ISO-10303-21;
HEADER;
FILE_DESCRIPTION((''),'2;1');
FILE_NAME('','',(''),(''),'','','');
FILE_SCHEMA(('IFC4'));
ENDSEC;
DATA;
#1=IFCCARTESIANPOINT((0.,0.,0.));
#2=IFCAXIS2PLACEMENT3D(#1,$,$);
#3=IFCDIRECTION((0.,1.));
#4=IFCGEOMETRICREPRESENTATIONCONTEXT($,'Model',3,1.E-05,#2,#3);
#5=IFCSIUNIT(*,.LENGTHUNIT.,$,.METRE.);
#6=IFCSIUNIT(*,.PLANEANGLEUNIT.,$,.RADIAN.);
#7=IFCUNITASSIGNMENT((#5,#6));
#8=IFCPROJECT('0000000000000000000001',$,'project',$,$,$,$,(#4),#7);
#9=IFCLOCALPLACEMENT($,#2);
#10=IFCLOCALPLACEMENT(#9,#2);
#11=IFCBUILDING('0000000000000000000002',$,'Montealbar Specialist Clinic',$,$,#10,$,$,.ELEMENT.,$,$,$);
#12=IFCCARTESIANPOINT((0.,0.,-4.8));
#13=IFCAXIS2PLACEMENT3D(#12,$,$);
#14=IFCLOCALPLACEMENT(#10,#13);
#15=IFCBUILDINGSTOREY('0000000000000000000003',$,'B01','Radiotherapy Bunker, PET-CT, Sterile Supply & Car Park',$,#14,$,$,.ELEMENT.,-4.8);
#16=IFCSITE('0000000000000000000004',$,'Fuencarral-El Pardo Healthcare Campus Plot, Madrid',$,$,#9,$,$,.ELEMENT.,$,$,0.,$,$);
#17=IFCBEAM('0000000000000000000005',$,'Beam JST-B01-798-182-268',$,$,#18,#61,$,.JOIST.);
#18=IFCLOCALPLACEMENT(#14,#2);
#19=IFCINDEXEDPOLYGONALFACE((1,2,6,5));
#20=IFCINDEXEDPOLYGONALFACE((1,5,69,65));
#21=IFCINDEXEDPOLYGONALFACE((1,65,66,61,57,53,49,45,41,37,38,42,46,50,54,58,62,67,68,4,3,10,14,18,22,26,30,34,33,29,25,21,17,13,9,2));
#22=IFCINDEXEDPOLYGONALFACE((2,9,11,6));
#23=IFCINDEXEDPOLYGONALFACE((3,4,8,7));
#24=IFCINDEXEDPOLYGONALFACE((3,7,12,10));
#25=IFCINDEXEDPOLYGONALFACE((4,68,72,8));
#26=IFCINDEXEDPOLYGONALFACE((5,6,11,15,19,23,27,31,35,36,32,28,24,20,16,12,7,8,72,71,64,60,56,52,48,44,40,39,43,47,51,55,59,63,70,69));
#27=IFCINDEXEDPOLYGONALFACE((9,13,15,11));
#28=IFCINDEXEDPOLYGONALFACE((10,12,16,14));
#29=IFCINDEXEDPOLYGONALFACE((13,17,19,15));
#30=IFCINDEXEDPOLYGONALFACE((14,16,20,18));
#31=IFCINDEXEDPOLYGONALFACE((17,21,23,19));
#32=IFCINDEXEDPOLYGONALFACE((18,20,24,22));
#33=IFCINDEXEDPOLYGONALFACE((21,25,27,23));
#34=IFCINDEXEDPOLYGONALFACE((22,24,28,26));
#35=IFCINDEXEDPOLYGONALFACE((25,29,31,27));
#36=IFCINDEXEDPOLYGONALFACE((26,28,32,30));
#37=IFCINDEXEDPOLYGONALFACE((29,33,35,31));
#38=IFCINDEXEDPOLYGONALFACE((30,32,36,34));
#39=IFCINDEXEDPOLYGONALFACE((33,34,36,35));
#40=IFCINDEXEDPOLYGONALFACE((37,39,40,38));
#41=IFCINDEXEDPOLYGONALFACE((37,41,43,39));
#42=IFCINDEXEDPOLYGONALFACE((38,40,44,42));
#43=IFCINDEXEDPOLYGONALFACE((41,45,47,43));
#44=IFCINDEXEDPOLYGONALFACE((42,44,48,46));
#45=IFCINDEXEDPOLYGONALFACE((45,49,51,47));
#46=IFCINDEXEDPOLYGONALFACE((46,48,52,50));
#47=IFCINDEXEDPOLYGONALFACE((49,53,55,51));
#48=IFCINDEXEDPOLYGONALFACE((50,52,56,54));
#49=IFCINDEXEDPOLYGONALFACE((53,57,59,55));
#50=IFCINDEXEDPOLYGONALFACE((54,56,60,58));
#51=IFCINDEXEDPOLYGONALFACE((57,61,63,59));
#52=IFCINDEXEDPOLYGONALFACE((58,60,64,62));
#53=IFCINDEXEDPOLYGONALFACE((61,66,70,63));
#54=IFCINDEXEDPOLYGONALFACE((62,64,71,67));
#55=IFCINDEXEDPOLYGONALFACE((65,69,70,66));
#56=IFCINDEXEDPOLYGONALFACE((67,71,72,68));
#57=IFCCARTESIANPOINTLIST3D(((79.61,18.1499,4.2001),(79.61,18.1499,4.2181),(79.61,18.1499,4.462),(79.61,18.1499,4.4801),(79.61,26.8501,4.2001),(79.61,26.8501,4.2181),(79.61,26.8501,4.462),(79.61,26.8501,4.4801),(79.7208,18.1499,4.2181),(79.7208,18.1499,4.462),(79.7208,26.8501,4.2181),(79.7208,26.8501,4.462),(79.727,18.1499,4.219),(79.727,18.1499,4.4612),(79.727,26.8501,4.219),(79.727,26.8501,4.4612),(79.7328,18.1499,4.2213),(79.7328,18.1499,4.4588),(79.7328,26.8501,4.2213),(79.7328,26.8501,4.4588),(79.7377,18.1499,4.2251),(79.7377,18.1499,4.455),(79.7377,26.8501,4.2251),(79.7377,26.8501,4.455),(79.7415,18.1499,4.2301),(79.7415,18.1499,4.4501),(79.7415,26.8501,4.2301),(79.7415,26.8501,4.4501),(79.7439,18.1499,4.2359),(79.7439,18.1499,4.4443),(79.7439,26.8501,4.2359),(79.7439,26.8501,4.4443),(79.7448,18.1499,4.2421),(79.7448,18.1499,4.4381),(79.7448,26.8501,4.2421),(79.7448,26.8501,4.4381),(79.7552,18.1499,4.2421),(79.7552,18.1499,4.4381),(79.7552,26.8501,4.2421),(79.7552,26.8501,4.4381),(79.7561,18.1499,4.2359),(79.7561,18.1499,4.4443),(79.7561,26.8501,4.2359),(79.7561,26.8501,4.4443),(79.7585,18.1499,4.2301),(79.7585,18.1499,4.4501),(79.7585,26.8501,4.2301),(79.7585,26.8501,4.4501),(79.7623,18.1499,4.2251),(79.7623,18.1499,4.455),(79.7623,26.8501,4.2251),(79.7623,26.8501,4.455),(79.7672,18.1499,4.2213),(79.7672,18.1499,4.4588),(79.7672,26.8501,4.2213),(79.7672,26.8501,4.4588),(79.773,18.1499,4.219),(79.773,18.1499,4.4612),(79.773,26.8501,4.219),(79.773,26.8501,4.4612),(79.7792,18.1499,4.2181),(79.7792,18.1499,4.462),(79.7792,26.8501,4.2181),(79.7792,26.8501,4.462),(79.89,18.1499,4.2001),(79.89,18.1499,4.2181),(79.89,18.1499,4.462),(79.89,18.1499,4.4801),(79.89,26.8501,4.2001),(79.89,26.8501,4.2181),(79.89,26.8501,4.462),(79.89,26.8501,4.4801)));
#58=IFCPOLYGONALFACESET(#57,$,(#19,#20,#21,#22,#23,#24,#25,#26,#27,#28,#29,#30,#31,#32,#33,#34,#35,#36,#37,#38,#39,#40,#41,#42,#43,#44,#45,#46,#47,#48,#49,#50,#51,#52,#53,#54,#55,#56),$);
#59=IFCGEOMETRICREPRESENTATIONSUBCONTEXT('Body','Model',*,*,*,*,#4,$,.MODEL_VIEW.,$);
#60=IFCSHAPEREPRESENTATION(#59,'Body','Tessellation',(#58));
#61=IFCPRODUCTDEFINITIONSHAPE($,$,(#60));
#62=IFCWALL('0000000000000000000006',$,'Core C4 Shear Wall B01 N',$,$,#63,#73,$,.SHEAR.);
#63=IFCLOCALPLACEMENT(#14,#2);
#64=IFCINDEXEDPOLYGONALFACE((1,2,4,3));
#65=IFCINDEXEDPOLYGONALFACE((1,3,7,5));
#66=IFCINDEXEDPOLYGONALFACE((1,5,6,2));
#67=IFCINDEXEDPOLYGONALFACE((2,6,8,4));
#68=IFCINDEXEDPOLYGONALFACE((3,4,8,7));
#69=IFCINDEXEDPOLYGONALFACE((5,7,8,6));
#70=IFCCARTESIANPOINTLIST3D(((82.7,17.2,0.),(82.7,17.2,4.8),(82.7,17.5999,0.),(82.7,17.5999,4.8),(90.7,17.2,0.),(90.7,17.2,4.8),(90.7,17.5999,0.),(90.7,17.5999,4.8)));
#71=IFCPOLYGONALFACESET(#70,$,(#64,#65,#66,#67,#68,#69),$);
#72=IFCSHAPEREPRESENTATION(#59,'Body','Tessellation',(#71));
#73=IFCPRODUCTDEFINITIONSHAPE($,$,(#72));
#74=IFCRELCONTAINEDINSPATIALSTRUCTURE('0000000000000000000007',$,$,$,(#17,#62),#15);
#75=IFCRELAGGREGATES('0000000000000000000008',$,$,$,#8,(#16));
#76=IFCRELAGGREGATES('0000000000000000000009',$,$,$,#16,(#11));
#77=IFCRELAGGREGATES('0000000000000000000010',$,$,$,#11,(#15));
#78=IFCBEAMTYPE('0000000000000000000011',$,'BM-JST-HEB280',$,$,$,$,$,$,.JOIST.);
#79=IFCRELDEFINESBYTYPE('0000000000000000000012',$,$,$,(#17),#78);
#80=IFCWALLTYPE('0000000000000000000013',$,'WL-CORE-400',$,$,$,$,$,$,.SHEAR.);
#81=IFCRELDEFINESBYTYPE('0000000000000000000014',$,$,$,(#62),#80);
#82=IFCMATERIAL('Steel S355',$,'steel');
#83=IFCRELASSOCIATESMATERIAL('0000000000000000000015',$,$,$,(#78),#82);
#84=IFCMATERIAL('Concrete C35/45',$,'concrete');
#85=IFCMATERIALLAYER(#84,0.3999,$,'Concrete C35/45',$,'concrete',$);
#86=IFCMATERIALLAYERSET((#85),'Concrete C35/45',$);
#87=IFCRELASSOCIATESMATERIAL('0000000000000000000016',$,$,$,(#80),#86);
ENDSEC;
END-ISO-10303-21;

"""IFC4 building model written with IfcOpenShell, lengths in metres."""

from ifc_helpers import new_model, si_unit, direction, frame, frame_2d, origin, origin_2d, place, context, subcontext, project, spatial, rectangle, i_section, extrude, material, layer, layer_set, material_profile, profile_set, type_object, element, save


model = new_model("IFC4")

# Units and contexts
model_context = context("Model", 3, precision=1e-05, world=origin(), true_north=direction((0.0, 1.0)))
body_context = subcontext(model_context, "Body", "Model", "MODEL_VIEW")
ifc_project = project(units=[si_unit("LENGTHUNIT", "METRE"), si_unit("PLANEANGLEUNIT", "RADIAN")], contexts=[model_context])

# Site, building, storey
site_placement = place(None, origin())
site = spatial("IfcSite", under=ifc_project, at=site_placement, Name="Fuencarral-El Pardo Healthcare Campus Plot, Madrid", CompositionType="ELEMENT", RefElevation=0.0)
building_placement = place(site_placement, origin())
building = spatial("IfcBuilding", under=site, at=building_placement, Name="Montealbar Specialist Clinic", CompositionType="ELEMENT")
storey_placement = place(building_placement, frame((0.0, 0.0, -4.8)))
storey = spatial("IfcBuildingStorey", under=building, at=storey_placement, Name="B01", Description="Radiotherapy Bunker, PET-CT, Sterile Supply & Car Park", CompositionType="ELEMENT", Elevation=-4.8)

# Shared definitions
ifc_material_1 = material(Name="Concrete C35/45", Category="concrete")

# Shared definitions
ifc_material_2 = material(Name="Steel S355", Category="steel")

# Beam
ifc_material_profile_1 = material_profile(ifc_material_2, i_section(OverallWidth=0.28, OverallDepth=0.28, WebThickness=0.0105, FlangeThickness=0.0181, FilletRadius=0.0239, at=origin_2d()), Name="HEB 280", Category="steel")
ifc_profile_set_1 = profile_set([ifc_material_profile_1], Name="Steel S355")
beam_type_1 = type_object("IfcBeamType", Name="BM-JST-HEB280", PredefinedType="JOIST", material=ifc_profile_set_1)
beam_1_placement = place(storey_placement, frame((79.75, 18.1499, 4.3401), z_axis=(0.0, 1.0, 0.0), x_axis=(-1.0, 0.0, 0.0)))
element("IfcBeam", 1, at=beam_1_placement, inside=storey, type_object=beam_type_1, Name="Beam JST-B01-798-182-268", PredefinedType="JOIST", context=body_context, shape_type="SweptSolid", body=[
    extrude(i_section(OverallWidth=0.28, OverallDepth=0.28, WebThickness=0.0105, FlangeThickness=0.0181, FilletRadius=0.0239, at=origin_2d()), origin(), (0.0, 0.0, 1.0), 8.7002),
])

# Shared definitions
ifc_layer = layer(ifc_material_1, 0.3999, Name="Concrete C35/45", Category="concrete")
ifc_layer_set = layer_set([ifc_layer], Name="Concrete C35/45")
wall_type = type_object("IfcWallType", Name="WL-CORE-400", PredefinedType="SHEAR", material=ifc_layer_set)

# Wall
wall_1_placement = place(storey_placement, frame((82.7, 17.3999, 0.0), z_axis=(0.0, 0.0, 1.0), x_axis=(1.0, 0.0, 0.0)))
element("IfcWall", 2, at=wall_1_placement, inside=storey, type_object=wall_type, Name="Core C4 Shear Wall B01 N", PredefinedType="SHEAR", context=body_context, shape_type="SweptSolid", body=[
    extrude(rectangle(XDim=8.0, YDim=0.3999, at=frame_2d((4.0, 0.0))), origin(), (0.0, 0.0, 1.0), 4.8),
])

save(model, "model.ifc")
